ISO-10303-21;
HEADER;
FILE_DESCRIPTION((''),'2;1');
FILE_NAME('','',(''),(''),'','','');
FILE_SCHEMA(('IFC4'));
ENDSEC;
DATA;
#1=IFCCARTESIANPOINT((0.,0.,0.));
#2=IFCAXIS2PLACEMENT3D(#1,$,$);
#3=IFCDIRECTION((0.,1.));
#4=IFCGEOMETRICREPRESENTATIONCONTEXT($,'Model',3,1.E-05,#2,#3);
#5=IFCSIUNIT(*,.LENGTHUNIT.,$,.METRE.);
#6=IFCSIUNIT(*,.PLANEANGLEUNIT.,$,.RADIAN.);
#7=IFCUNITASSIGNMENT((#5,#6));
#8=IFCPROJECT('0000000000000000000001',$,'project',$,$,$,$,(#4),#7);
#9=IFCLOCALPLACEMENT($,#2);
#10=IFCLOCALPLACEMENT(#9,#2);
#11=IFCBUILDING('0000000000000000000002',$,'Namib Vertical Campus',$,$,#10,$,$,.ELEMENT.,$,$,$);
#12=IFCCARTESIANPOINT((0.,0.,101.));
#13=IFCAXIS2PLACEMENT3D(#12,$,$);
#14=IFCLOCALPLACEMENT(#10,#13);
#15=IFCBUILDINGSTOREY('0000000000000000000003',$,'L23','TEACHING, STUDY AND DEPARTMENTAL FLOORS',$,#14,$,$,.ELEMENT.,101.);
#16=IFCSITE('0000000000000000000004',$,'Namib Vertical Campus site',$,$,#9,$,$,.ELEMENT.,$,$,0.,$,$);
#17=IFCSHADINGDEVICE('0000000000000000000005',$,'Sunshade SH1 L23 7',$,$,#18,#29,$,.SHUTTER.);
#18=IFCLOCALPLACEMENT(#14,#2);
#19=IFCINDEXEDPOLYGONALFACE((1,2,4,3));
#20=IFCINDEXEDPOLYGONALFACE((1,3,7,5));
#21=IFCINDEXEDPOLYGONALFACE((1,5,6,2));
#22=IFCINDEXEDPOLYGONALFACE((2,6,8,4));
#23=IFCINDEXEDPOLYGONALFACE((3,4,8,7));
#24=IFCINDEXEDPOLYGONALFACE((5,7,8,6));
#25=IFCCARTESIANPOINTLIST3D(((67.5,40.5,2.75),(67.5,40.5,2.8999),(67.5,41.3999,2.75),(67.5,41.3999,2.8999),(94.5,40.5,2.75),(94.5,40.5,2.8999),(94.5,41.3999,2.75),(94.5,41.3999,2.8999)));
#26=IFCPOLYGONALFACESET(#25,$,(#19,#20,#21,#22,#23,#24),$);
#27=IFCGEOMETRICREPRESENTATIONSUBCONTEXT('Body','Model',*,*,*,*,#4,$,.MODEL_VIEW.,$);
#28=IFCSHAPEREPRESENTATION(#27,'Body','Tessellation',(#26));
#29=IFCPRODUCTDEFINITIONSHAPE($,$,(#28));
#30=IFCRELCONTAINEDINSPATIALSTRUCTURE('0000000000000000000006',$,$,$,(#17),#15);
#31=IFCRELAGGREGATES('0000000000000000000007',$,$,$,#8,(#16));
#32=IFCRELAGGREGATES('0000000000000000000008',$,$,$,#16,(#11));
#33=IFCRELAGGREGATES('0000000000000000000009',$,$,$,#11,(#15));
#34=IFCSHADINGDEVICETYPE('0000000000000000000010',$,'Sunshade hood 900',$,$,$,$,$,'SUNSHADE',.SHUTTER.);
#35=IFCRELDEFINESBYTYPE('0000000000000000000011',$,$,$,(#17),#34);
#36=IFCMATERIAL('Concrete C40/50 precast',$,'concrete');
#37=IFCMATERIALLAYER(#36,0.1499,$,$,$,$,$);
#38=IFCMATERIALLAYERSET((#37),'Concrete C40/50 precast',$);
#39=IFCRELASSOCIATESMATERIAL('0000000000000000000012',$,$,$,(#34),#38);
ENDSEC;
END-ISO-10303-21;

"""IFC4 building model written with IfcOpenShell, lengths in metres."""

from ifc_helpers import new_model, si_unit, direction, frame, origin, origin_2d, place, context, subcontext, project, spatial, rectangle, extrude, material, layer, layer_set, type_object, element, save


model = new_model("IFC4")

# Units and contexts
model_context = context("Model", 3, precision=1e-05, world=origin(), true_north=direction((0.0, 1.0)))
body_context = subcontext(model_context, "Body", "Model", "MODEL_VIEW")
ifc_project = project(units=[si_unit("LENGTHUNIT", "METRE"), si_unit("PLANEANGLEUNIT", "RADIAN")], contexts=[model_context])

# Site, building, storey
site_placement = place(None, origin())
site = spatial("IfcSite", under=ifc_project, at=site_placement, Name="Namib Vertical Campus site", CompositionType="ELEMENT", RefElevation=0.0)
building_placement = place(site_placement, origin())
building = spatial("IfcBuilding", under=site, at=building_placement, Name="Namib Vertical Campus", CompositionType="ELEMENT")
storey_placement = place(building_placement, frame((0.0, 0.0, 101.0)))
storey = spatial("IfcBuildingStorey", under=building, at=storey_placement, Name="L23", Description="TEACHING, STUDY AND DEPARTMENTAL FLOORS", CompositionType="ELEMENT", Elevation=101.0)

# Shading device
ifc_material_1 = material(Name="Concrete C40/50 precast", Category="concrete")
ifc_layer_1 = layer(ifc_material_1, 0.1499)
ifc_layer_set_1 = layer_set([ifc_layer_1], Name="Concrete C40/50 precast")
shading_device_type = type_object("IfcShadingDeviceType", Name="Sunshade hood 900", ElementType="SUNSHADE", PredefinedType="SHUTTER", material=ifc_layer_set_1)
shading_device_placement = place(storey_placement, frame((81.0, 40.95, 2.75), z_axis=(0.0, 0.0, 1.0), x_axis=(-1.0, 0.0, 0.0)))
element("IfcShadingDevice", 1, at=shading_device_placement, inside=storey, type_object=shading_device_type, Name="Sunshade SH1 L23 7", PredefinedType="SHUTTER", context=body_context, shape_type="SweptSolid", body=[
    extrude(rectangle(XDim=27.0, YDim=0.8999, at=origin_2d()), origin(), (0.0, 0.0, 1.0), 0.1499),
])

save(model, "model.ifc")
